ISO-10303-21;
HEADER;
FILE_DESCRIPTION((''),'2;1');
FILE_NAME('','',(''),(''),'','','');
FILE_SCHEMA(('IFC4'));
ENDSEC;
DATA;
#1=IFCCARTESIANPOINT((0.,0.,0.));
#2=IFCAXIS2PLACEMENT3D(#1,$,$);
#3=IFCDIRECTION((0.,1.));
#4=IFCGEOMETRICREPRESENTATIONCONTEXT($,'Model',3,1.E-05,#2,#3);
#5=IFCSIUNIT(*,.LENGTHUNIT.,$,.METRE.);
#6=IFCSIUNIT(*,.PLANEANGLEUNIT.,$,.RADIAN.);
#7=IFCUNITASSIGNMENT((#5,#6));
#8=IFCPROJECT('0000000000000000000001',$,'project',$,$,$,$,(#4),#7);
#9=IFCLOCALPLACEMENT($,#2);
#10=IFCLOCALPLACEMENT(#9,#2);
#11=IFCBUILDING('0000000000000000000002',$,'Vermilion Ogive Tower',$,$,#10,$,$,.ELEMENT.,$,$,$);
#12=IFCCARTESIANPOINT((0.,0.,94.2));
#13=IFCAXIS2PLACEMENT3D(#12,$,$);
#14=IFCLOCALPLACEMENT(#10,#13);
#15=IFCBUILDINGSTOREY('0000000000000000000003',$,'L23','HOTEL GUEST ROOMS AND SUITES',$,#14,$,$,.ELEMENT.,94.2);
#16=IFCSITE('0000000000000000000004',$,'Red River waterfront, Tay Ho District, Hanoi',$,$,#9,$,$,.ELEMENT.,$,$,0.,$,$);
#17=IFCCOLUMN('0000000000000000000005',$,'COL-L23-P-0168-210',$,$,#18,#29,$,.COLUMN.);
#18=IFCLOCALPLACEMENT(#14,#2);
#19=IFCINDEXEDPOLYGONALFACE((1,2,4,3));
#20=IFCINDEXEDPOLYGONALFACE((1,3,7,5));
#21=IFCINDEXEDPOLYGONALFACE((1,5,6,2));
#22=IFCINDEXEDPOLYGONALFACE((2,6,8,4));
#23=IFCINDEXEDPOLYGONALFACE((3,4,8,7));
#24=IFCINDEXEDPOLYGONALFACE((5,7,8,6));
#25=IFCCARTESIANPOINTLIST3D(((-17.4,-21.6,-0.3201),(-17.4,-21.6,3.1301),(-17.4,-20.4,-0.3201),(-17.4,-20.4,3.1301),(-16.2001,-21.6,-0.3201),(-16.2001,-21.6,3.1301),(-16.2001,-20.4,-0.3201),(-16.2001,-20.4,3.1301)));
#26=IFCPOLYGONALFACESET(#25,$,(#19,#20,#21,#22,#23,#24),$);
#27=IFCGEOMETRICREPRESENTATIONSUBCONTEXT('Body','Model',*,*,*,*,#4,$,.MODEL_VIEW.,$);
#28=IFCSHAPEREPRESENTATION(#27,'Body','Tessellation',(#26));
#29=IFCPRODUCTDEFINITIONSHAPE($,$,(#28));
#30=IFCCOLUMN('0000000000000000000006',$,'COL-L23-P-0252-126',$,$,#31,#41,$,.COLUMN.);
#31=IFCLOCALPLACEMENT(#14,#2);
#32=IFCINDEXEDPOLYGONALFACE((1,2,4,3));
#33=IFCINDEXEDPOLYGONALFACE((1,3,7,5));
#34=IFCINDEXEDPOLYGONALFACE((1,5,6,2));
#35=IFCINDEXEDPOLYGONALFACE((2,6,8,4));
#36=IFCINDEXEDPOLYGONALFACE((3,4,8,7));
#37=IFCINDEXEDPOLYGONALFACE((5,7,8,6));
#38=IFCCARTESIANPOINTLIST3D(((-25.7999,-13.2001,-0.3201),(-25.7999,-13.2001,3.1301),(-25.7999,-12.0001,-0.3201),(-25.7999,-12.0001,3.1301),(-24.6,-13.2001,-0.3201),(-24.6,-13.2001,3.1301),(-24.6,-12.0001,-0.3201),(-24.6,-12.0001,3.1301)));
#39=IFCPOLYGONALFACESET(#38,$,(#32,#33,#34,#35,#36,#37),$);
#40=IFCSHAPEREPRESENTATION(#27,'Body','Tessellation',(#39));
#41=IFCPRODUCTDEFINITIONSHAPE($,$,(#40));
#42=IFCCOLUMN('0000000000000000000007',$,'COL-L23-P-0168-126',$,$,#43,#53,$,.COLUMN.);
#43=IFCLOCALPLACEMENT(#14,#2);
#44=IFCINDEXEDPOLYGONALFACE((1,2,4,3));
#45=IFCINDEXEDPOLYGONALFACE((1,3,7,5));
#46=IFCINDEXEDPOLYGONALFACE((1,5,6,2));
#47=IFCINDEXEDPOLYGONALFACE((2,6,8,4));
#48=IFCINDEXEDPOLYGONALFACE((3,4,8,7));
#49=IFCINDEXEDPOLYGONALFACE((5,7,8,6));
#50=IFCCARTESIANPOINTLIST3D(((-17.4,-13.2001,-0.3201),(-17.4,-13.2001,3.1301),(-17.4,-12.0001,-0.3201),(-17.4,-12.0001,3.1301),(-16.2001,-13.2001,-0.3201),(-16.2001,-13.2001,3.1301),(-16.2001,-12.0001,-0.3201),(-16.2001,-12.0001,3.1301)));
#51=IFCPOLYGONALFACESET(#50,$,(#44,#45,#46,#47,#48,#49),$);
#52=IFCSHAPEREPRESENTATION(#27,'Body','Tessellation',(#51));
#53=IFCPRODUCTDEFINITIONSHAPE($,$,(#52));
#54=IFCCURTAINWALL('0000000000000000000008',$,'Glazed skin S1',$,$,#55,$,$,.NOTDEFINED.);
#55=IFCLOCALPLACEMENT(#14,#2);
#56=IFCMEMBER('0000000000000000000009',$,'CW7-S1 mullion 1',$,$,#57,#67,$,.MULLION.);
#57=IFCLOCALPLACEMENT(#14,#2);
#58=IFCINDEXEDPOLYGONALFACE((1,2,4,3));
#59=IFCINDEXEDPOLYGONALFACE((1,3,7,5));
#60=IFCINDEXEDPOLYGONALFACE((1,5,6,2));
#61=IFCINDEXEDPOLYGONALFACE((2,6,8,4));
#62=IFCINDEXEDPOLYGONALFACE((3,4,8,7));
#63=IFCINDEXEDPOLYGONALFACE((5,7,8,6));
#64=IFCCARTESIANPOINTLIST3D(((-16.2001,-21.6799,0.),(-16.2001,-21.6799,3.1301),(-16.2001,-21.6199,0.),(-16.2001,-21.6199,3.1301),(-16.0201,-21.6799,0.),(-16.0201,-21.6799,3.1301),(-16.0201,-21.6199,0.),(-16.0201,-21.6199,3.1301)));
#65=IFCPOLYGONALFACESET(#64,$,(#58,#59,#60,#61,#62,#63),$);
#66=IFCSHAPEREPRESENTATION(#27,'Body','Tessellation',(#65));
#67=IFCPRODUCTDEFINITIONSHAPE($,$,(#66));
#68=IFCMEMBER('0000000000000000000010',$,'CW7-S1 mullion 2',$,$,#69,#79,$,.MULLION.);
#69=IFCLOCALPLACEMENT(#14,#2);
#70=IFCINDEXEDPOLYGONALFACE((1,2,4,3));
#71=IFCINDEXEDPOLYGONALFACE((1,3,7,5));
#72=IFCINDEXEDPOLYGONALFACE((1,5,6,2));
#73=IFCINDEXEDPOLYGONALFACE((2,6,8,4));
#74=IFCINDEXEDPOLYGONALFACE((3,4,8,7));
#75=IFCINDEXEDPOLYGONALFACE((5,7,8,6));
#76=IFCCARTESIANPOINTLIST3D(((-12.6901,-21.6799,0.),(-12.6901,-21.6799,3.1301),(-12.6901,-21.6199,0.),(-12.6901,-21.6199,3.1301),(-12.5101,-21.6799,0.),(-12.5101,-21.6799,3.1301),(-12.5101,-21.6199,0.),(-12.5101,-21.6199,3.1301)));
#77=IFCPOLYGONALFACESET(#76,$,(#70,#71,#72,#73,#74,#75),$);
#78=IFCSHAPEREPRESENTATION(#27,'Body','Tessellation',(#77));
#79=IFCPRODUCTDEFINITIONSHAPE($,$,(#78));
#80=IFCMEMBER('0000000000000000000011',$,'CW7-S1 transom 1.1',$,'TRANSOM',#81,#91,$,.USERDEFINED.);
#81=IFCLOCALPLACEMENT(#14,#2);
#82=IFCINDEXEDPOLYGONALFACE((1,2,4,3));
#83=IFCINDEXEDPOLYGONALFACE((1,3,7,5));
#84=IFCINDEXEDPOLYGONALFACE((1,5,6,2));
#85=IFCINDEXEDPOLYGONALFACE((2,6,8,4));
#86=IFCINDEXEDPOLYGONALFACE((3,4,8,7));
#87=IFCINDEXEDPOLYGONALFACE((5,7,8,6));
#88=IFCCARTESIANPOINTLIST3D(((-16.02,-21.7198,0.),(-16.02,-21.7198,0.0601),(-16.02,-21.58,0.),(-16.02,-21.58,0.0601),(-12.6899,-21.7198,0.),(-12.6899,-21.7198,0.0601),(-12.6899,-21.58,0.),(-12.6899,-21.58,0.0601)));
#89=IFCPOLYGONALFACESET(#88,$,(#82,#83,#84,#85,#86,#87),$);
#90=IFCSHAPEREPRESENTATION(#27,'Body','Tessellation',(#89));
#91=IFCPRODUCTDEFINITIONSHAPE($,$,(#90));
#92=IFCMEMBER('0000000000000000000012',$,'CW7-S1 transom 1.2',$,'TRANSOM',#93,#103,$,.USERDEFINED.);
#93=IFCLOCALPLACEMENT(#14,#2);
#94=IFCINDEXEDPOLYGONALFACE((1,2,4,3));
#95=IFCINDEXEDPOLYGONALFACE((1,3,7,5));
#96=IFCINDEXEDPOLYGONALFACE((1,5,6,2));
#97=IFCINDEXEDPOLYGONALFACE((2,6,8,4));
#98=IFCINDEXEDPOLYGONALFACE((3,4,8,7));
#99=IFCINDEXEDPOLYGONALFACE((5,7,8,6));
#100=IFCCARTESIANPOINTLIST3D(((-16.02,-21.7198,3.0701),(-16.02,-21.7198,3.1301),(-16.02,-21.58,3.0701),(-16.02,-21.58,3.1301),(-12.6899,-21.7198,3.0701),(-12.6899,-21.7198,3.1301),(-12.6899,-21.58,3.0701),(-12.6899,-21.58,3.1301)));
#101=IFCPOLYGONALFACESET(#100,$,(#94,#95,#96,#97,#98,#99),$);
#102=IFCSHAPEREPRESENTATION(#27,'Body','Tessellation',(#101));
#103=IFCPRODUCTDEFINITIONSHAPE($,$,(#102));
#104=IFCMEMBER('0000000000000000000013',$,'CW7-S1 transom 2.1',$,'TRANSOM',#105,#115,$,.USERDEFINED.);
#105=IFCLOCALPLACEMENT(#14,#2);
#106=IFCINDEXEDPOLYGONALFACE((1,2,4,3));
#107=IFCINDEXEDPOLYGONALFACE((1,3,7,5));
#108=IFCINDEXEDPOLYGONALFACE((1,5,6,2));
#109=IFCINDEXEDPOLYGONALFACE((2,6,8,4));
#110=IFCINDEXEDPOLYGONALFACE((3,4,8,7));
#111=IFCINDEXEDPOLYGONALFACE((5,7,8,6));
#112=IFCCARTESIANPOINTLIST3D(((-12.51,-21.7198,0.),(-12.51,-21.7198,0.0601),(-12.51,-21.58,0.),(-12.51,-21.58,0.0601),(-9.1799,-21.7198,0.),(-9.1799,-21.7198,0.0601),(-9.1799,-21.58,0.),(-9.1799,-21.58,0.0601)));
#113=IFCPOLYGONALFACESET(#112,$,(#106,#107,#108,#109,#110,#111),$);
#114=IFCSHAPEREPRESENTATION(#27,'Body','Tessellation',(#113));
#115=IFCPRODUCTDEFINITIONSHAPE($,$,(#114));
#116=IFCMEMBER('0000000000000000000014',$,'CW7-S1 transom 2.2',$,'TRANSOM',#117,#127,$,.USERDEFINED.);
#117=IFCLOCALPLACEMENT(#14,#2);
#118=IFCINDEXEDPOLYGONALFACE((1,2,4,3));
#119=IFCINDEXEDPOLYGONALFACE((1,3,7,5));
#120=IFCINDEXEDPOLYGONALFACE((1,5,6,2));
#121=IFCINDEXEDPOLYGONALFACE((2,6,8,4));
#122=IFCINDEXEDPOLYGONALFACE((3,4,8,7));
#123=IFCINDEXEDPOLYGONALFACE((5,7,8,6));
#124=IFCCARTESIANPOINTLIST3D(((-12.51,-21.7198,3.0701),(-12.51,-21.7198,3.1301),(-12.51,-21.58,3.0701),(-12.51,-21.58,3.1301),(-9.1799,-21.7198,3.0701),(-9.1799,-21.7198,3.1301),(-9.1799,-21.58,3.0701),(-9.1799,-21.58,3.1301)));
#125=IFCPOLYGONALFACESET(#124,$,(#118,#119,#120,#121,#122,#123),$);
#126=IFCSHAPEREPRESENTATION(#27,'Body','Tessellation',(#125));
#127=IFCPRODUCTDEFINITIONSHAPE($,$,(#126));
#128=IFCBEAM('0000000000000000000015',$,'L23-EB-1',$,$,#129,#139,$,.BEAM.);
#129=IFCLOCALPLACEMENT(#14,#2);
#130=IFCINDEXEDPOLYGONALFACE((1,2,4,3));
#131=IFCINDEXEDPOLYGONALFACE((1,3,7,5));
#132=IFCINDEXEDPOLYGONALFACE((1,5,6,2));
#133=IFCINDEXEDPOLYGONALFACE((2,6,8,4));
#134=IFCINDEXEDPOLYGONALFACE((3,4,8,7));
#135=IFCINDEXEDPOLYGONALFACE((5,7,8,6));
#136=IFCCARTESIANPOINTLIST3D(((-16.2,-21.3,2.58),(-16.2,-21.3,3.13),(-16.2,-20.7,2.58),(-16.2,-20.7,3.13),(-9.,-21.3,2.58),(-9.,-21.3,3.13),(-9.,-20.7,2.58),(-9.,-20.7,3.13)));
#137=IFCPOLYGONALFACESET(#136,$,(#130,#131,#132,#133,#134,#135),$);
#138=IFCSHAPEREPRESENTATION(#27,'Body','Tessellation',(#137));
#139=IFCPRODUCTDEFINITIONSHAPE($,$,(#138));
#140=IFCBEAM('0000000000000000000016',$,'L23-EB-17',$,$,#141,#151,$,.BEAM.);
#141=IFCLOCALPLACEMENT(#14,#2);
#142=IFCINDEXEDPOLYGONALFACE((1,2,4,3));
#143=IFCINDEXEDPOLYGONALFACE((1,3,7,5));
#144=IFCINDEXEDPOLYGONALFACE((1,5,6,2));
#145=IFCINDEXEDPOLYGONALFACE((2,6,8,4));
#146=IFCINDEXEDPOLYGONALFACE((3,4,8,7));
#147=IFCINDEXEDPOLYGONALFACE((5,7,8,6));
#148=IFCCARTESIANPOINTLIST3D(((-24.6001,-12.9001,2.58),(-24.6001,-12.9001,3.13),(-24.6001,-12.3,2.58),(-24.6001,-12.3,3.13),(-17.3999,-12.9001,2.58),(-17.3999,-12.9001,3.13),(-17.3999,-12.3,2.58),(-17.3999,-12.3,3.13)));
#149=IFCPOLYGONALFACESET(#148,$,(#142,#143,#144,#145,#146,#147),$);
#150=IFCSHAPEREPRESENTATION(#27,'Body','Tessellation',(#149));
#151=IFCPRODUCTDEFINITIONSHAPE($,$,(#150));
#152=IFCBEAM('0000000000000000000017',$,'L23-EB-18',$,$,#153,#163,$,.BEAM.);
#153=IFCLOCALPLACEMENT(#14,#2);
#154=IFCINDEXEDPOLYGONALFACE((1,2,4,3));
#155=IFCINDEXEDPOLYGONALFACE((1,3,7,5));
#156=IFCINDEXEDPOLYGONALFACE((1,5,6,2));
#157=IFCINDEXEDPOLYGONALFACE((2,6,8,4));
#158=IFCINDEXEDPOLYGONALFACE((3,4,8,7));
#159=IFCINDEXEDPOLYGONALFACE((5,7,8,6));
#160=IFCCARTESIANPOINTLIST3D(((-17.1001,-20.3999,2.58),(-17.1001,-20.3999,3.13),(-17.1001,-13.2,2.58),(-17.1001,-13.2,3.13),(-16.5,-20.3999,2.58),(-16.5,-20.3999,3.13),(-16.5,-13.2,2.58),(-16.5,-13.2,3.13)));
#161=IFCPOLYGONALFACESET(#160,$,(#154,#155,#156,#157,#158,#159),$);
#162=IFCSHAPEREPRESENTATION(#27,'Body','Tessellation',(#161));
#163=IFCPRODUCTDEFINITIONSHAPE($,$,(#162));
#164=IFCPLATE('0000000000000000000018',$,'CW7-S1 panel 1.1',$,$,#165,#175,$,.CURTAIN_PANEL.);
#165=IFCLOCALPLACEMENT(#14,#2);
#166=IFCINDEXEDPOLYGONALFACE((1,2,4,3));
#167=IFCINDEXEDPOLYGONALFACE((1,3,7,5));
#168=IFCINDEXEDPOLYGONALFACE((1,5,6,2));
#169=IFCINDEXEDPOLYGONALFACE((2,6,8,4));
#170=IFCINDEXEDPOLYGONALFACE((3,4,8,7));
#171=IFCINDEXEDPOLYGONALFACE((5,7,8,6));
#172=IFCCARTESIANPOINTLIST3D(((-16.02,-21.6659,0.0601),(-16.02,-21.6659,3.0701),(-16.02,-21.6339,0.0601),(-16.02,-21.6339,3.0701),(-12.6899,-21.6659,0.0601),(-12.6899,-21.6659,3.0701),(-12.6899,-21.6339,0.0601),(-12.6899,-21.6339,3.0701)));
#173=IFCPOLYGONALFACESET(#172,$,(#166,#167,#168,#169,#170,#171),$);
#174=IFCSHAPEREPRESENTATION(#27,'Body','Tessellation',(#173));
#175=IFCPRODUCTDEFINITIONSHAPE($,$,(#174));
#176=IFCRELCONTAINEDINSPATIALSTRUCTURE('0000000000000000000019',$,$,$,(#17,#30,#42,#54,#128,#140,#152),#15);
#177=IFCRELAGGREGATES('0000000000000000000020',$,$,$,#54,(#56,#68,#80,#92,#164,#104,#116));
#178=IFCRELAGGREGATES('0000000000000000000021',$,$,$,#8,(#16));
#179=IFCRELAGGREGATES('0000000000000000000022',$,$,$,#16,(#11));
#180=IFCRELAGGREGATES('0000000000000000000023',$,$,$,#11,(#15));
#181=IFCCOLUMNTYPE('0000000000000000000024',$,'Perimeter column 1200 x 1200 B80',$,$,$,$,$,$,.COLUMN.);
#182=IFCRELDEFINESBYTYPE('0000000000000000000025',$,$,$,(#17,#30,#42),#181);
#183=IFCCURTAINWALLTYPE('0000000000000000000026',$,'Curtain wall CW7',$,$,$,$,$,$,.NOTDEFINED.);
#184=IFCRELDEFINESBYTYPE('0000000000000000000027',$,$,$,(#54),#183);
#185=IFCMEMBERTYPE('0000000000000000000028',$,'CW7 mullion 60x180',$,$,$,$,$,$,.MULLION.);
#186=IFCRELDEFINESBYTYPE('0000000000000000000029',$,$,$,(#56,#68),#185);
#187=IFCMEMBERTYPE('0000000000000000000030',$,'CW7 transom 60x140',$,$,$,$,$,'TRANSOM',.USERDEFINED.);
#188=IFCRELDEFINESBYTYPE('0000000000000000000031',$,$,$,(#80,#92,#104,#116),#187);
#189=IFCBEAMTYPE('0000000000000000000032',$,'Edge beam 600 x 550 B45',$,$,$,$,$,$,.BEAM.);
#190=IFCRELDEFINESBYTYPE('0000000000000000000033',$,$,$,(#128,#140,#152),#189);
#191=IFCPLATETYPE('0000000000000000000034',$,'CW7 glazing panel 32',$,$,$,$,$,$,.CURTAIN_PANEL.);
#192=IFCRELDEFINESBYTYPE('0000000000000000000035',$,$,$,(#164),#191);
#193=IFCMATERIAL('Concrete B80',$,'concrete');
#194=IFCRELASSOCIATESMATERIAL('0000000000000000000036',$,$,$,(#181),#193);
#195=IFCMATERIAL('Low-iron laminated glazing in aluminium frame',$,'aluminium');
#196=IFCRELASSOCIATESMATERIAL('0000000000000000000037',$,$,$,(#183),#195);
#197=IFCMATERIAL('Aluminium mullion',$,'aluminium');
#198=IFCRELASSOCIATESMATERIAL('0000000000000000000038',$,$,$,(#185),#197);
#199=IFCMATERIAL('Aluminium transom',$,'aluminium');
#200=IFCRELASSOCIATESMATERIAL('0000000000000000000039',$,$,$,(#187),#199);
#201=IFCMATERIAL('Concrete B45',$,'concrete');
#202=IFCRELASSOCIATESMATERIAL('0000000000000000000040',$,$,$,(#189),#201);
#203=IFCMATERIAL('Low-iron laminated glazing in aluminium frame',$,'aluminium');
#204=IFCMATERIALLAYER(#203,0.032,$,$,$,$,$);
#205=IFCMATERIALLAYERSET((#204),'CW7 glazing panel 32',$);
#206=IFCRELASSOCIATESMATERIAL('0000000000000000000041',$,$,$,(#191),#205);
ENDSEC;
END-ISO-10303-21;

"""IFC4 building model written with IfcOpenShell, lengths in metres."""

from ifc_helpers import new_model, si_unit, direction, frame, origin, origin_2d, place, context, subcontext, project, spatial, rectangle, extrude, material, layer, layer_set, material_profile, profile_set, type_object, element, aggregate, save


model = new_model("IFC4")

# Units and contexts
model_context = context("Model", 3, precision=1e-05, world=origin(), true_north=direction((0.0, 1.0)))
body_context = subcontext(model_context, "Body", "Model", "MODEL_VIEW")
ifc_project = project(units=[si_unit("LENGTHUNIT", "METRE"), si_unit("PLANEANGLEUNIT", "RADIAN")], contexts=[model_context])

# Site, building, storey
site_placement = place(None, origin())
site = spatial("IfcSite", under=ifc_project, at=site_placement, Name="Red River waterfront, Tay Ho District, Hanoi", CompositionType="ELEMENT", RefElevation=0.0)
building_placement = place(site_placement, origin())
building = spatial("IfcBuilding", under=site, at=building_placement, Name="Vermilion Ogive Tower", CompositionType="ELEMENT")
storey_placement = place(building_placement, frame((0.0, 0.0, 94.2)))
storey = spatial("IfcBuildingStorey", under=building, at=storey_placement, Name="L23", Description="HOTEL GUEST ROOMS AND SUITES", CompositionType="ELEMENT", Elevation=94.2)

# Columns
ifc_material_1 = material(Name="Concrete B80", Category="concrete")
ifc_material_profile_1 = material_profile(ifc_material_1, rectangle(XDim=1.2, YDim=1.2, at=origin_2d()), Name="1200 x 1200")
ifc_profile_set_1 = profile_set([ifc_material_profile_1], Name="Concrete B80")
column_type = type_object("IfcColumnType", Name="Perimeter column 1200 x 1200 B80", PredefinedType="COLUMN", material=ifc_profile_set_1)
for number, where, z_axis, x_axis, name in (
    (1, (-16.8, -21.0, -0.3201), (0.0, 0.0, 1.0), (1.0, 0.0, 0.0), "COL-L23-P-0168-210"),
    (2, (-25.2, -12.6001, -0.3201), (0.0, 0.0, 1.0), (1.0, 0.0, 0.0), "COL-L23-P-0252-126"),
    (3, (-16.8, -12.6001, -0.3201), (0.0, 0.0, 1.0), (1.0, 0.0, 0.0), "COL-L23-P-0168-126"),
):
    element("IfcColumn", number, at=place(storey_placement, frame(where, z_axis=z_axis, x_axis=x_axis)), inside=storey, type_object=column_type, Name=name, PredefinedType="COLUMN", context=body_context, shape_type="SweptSolid", body=[
        extrude(rectangle(XDim=1.2, YDim=1.2, at=origin_2d()), origin(), (0.0, 0.0, 1.0), 3.4502),
    ])

# Curtain wall, members
ifc_material_2 = material(Name="Low-iron laminated glazing in aluminium frame", Category="aluminium")
curtain_wall_type = type_object("IfcCurtainWallType", Name="Curtain wall CW7", PredefinedType="NOTDEFINED", material=ifc_material_2)
curtain_wall_placement = place(storey_placement, origin())
curtain_wall = element("IfcCurtainWall", 4, at=curtain_wall_placement, inside=storey, type_object=curtain_wall_type, Name="Glazed skin S1", PredefinedType="NOTDEFINED")
ifc_material_3 = material(Name="Aluminium mullion", Category="aluminium")
ifc_material_profile_2 = material_profile(ifc_material_3, rectangle(XDim=0.0601, YDim=0.1799, at=origin_2d()), Name="AL 60x180")
ifc_profile_set_2 = profile_set([ifc_material_profile_2], Name="Aluminium mullion")
member_type_1 = type_object("IfcMemberType", Name="CW7 mullion 60x180", PredefinedType="MULLION", material=ifc_profile_set_2)
member_1_placement = place(storey_placement, frame((-16.1101, -21.6499, 0.0), z_axis=(0.0, 0.0, 1.0), x_axis=(0.0, 1.0, 0.0)))
member_1 = element("IfcMember", 5, at=member_1_placement, type_object=member_type_1, Name="CW7-S1 mullion 1", PredefinedType="MULLION", context=body_context, shape_type="SweptSolid", body=[
    extrude(rectangle(XDim=0.0601, YDim=0.1799, at=origin_2d()), origin(), (0.0, 0.0, 1.0), 3.1301),
])
member_2_placement = place(storey_placement, frame((-12.6001, -21.6499, 0.0), z_axis=(0.0, 0.0, 1.0), x_axis=(0.0, 1.0, 0.0)))
member_2 = element("IfcMember", 6, at=member_2_placement, type_object=member_type_1, Name="CW7-S1 mullion 2", PredefinedType="MULLION", context=body_context, shape_type="SweptSolid", body=[
    extrude(rectangle(XDim=0.0601, YDim=0.1799, at=origin_2d()), origin(), (0.0, 0.0, 1.0), 3.1301),
])
ifc_material_4 = material(Name="Aluminium transom", Category="aluminium")
ifc_material_profile_3 = material_profile(ifc_material_4, rectangle(XDim=0.1399, YDim=0.0601, at=origin_2d()), Name="AL 60x140")
ifc_profile_set_3 = profile_set([ifc_material_profile_3], Name="Aluminium transom")
member_type_2 = type_object("IfcMemberType", Name="CW7 transom 60x140", ElementType="TRANSOM", PredefinedType="USERDEFINED", material=ifc_profile_set_3)
member_3_placement = place(storey_placement, frame((-16.02, -21.6499, 0.03), z_axis=(1.0, 0.0, 0.0), x_axis=(0.0, 1.0, 0.0)))
member_3 = element("IfcMember", 7, at=member_3_placement, type_object=member_type_2, Name="CW7-S1 transom 1.1", ObjectType="TRANSOM", PredefinedType="USERDEFINED", context=body_context, shape_type="SweptSolid", body=[
    extrude(rectangle(XDim=0.1399, YDim=0.0601, at=origin_2d()), origin(), (0.0, 0.0, 1.0), 3.3301),
])
member_4_placement = place(storey_placement, frame((-16.02, -21.6499, 3.1001), z_axis=(1.0, 0.0, 0.0), x_axis=(0.0, 1.0, 0.0)))
member_4 = element("IfcMember", 8, at=member_4_placement, type_object=member_type_2, Name="CW7-S1 transom 1.2", ObjectType="TRANSOM", PredefinedType="USERDEFINED", context=body_context, shape_type="SweptSolid", body=[
    extrude(rectangle(XDim=0.1399, YDim=0.0601, at=origin_2d()), origin(), (0.0, 0.0, 1.0), 3.3301),
])
member_5_placement = place(storey_placement, frame((-12.51, -21.6499, 0.03), z_axis=(1.0, 0.0, 0.0), x_axis=(0.0, 1.0, 0.0)))
member_5 = element("IfcMember", 9, at=member_5_placement, type_object=member_type_2, Name="CW7-S1 transom 2.1", ObjectType="TRANSOM", PredefinedType="USERDEFINED", context=body_context, shape_type="SweptSolid", body=[
    extrude(rectangle(XDim=0.1399, YDim=0.0601, at=origin_2d()), origin(), (0.0, 0.0, 1.0), 3.3301),
])
member_6_placement = place(storey_placement, frame((-12.51, -21.6499, 3.1001), z_axis=(1.0, 0.0, 0.0), x_axis=(0.0, 1.0, 0.0)))
member_6 = element("IfcMember", 10, at=member_6_placement, type_object=member_type_2, Name="CW7-S1 transom 2.2", ObjectType="TRANSOM", PredefinedType="USERDEFINED", context=body_context, shape_type="SweptSolid", body=[
    extrude(rectangle(XDim=0.1399, YDim=0.0601, at=origin_2d()), origin(), (0.0, 0.0, 1.0), 3.3301),
])

# Beams
ifc_material_5 = material(Name="Concrete B45", Category="concrete")
ifc_material_profile_4 = material_profile(ifc_material_5, rectangle(XDim=0.6001, YDim=0.55, at=origin_2d()), Name="600 x 550")
ifc_profile_set_4 = profile_set([ifc_material_profile_4], Name="Concrete B45")
beam_type = type_object("IfcBeamType", Name="Edge beam 600 x 550 B45", PredefinedType="BEAM", material=ifc_profile_set_4)
beam_1_placement = place(storey_placement, frame((-16.2, -21.0, 2.855), z_axis=(1.0, 0.0, 0.0), x_axis=(0.0, 1.0, 0.0)))
element("IfcBeam", 11, at=beam_1_placement, inside=storey, type_object=beam_type, Name="L23-EB-1", PredefinedType="BEAM", context=body_context, shape_type="SweptSolid", body=[
    extrude(rectangle(XDim=0.6001, YDim=0.55, at=origin_2d()), origin(), (0.0, 0.0, 1.0), 7.2),
])
beam_2_placement = place(storey_placement, frame((-24.6001, -12.6001, 2.855), z_axis=(1.0, 0.0, 0.0), x_axis=(0.0, 1.0, 0.0)))
element("IfcBeam", 12, at=beam_2_placement, inside=storey, type_object=beam_type, Name="L23-EB-17", PredefinedType="BEAM", context=body_context, shape_type="SweptSolid", body=[
    extrude(rectangle(XDim=0.6001, YDim=0.55, at=origin_2d()), origin(), (0.0, 0.0, 1.0), 7.2002),
])
beam_3_placement = place(storey_placement, frame((-16.8, -13.2, 2.855), z_axis=(0.0, -1.0, 0.0), x_axis=(1.0, 0.0, 0.0)))
element("IfcBeam", 13, at=beam_3_placement, inside=storey, type_object=beam_type, Name="L23-EB-18", PredefinedType="BEAM", context=body_context, shape_type="SweptSolid", body=[
    extrude(rectangle(XDim=0.6001, YDim=0.55, at=origin_2d()), origin(), (0.0, 0.0, 1.0), 7.2),
])

# Plate
ifc_material_6 = material(Name="Low-iron laminated glazing in aluminium frame", Category="aluminium")
ifc_layer_1 = layer(ifc_material_6, 0.032)
ifc_layer_set_1 = layer_set([ifc_layer_1], Name="CW7 glazing panel 32")
plate_type = type_object("IfcPlateType", Name="CW7 glazing panel 32", PredefinedType="CURTAIN_PANEL", material=ifc_layer_set_1)
plate_placement = place(storey_placement, frame((-14.355, -21.6499, 0.0601), z_axis=(0.0, 0.0, 1.0), x_axis=(1.0, 0.0, 0.0)))
plate = element("IfcPlate", 14, at=plate_placement, type_object=plate_type, Name="CW7-S1 panel 1.1", PredefinedType="CURTAIN_PANEL", context=body_context, shape_type="SweptSolid", body=[
    extrude(rectangle(XDim=3.3301, YDim=0.032, at=origin_2d()), origin(), (0.0, 0.0, 1.0), 3.01),
])
aggregate(curtain_wall, [member_1, member_2, member_3, member_4, plate, member_5, member_6])

save(model, "model.ifc")
